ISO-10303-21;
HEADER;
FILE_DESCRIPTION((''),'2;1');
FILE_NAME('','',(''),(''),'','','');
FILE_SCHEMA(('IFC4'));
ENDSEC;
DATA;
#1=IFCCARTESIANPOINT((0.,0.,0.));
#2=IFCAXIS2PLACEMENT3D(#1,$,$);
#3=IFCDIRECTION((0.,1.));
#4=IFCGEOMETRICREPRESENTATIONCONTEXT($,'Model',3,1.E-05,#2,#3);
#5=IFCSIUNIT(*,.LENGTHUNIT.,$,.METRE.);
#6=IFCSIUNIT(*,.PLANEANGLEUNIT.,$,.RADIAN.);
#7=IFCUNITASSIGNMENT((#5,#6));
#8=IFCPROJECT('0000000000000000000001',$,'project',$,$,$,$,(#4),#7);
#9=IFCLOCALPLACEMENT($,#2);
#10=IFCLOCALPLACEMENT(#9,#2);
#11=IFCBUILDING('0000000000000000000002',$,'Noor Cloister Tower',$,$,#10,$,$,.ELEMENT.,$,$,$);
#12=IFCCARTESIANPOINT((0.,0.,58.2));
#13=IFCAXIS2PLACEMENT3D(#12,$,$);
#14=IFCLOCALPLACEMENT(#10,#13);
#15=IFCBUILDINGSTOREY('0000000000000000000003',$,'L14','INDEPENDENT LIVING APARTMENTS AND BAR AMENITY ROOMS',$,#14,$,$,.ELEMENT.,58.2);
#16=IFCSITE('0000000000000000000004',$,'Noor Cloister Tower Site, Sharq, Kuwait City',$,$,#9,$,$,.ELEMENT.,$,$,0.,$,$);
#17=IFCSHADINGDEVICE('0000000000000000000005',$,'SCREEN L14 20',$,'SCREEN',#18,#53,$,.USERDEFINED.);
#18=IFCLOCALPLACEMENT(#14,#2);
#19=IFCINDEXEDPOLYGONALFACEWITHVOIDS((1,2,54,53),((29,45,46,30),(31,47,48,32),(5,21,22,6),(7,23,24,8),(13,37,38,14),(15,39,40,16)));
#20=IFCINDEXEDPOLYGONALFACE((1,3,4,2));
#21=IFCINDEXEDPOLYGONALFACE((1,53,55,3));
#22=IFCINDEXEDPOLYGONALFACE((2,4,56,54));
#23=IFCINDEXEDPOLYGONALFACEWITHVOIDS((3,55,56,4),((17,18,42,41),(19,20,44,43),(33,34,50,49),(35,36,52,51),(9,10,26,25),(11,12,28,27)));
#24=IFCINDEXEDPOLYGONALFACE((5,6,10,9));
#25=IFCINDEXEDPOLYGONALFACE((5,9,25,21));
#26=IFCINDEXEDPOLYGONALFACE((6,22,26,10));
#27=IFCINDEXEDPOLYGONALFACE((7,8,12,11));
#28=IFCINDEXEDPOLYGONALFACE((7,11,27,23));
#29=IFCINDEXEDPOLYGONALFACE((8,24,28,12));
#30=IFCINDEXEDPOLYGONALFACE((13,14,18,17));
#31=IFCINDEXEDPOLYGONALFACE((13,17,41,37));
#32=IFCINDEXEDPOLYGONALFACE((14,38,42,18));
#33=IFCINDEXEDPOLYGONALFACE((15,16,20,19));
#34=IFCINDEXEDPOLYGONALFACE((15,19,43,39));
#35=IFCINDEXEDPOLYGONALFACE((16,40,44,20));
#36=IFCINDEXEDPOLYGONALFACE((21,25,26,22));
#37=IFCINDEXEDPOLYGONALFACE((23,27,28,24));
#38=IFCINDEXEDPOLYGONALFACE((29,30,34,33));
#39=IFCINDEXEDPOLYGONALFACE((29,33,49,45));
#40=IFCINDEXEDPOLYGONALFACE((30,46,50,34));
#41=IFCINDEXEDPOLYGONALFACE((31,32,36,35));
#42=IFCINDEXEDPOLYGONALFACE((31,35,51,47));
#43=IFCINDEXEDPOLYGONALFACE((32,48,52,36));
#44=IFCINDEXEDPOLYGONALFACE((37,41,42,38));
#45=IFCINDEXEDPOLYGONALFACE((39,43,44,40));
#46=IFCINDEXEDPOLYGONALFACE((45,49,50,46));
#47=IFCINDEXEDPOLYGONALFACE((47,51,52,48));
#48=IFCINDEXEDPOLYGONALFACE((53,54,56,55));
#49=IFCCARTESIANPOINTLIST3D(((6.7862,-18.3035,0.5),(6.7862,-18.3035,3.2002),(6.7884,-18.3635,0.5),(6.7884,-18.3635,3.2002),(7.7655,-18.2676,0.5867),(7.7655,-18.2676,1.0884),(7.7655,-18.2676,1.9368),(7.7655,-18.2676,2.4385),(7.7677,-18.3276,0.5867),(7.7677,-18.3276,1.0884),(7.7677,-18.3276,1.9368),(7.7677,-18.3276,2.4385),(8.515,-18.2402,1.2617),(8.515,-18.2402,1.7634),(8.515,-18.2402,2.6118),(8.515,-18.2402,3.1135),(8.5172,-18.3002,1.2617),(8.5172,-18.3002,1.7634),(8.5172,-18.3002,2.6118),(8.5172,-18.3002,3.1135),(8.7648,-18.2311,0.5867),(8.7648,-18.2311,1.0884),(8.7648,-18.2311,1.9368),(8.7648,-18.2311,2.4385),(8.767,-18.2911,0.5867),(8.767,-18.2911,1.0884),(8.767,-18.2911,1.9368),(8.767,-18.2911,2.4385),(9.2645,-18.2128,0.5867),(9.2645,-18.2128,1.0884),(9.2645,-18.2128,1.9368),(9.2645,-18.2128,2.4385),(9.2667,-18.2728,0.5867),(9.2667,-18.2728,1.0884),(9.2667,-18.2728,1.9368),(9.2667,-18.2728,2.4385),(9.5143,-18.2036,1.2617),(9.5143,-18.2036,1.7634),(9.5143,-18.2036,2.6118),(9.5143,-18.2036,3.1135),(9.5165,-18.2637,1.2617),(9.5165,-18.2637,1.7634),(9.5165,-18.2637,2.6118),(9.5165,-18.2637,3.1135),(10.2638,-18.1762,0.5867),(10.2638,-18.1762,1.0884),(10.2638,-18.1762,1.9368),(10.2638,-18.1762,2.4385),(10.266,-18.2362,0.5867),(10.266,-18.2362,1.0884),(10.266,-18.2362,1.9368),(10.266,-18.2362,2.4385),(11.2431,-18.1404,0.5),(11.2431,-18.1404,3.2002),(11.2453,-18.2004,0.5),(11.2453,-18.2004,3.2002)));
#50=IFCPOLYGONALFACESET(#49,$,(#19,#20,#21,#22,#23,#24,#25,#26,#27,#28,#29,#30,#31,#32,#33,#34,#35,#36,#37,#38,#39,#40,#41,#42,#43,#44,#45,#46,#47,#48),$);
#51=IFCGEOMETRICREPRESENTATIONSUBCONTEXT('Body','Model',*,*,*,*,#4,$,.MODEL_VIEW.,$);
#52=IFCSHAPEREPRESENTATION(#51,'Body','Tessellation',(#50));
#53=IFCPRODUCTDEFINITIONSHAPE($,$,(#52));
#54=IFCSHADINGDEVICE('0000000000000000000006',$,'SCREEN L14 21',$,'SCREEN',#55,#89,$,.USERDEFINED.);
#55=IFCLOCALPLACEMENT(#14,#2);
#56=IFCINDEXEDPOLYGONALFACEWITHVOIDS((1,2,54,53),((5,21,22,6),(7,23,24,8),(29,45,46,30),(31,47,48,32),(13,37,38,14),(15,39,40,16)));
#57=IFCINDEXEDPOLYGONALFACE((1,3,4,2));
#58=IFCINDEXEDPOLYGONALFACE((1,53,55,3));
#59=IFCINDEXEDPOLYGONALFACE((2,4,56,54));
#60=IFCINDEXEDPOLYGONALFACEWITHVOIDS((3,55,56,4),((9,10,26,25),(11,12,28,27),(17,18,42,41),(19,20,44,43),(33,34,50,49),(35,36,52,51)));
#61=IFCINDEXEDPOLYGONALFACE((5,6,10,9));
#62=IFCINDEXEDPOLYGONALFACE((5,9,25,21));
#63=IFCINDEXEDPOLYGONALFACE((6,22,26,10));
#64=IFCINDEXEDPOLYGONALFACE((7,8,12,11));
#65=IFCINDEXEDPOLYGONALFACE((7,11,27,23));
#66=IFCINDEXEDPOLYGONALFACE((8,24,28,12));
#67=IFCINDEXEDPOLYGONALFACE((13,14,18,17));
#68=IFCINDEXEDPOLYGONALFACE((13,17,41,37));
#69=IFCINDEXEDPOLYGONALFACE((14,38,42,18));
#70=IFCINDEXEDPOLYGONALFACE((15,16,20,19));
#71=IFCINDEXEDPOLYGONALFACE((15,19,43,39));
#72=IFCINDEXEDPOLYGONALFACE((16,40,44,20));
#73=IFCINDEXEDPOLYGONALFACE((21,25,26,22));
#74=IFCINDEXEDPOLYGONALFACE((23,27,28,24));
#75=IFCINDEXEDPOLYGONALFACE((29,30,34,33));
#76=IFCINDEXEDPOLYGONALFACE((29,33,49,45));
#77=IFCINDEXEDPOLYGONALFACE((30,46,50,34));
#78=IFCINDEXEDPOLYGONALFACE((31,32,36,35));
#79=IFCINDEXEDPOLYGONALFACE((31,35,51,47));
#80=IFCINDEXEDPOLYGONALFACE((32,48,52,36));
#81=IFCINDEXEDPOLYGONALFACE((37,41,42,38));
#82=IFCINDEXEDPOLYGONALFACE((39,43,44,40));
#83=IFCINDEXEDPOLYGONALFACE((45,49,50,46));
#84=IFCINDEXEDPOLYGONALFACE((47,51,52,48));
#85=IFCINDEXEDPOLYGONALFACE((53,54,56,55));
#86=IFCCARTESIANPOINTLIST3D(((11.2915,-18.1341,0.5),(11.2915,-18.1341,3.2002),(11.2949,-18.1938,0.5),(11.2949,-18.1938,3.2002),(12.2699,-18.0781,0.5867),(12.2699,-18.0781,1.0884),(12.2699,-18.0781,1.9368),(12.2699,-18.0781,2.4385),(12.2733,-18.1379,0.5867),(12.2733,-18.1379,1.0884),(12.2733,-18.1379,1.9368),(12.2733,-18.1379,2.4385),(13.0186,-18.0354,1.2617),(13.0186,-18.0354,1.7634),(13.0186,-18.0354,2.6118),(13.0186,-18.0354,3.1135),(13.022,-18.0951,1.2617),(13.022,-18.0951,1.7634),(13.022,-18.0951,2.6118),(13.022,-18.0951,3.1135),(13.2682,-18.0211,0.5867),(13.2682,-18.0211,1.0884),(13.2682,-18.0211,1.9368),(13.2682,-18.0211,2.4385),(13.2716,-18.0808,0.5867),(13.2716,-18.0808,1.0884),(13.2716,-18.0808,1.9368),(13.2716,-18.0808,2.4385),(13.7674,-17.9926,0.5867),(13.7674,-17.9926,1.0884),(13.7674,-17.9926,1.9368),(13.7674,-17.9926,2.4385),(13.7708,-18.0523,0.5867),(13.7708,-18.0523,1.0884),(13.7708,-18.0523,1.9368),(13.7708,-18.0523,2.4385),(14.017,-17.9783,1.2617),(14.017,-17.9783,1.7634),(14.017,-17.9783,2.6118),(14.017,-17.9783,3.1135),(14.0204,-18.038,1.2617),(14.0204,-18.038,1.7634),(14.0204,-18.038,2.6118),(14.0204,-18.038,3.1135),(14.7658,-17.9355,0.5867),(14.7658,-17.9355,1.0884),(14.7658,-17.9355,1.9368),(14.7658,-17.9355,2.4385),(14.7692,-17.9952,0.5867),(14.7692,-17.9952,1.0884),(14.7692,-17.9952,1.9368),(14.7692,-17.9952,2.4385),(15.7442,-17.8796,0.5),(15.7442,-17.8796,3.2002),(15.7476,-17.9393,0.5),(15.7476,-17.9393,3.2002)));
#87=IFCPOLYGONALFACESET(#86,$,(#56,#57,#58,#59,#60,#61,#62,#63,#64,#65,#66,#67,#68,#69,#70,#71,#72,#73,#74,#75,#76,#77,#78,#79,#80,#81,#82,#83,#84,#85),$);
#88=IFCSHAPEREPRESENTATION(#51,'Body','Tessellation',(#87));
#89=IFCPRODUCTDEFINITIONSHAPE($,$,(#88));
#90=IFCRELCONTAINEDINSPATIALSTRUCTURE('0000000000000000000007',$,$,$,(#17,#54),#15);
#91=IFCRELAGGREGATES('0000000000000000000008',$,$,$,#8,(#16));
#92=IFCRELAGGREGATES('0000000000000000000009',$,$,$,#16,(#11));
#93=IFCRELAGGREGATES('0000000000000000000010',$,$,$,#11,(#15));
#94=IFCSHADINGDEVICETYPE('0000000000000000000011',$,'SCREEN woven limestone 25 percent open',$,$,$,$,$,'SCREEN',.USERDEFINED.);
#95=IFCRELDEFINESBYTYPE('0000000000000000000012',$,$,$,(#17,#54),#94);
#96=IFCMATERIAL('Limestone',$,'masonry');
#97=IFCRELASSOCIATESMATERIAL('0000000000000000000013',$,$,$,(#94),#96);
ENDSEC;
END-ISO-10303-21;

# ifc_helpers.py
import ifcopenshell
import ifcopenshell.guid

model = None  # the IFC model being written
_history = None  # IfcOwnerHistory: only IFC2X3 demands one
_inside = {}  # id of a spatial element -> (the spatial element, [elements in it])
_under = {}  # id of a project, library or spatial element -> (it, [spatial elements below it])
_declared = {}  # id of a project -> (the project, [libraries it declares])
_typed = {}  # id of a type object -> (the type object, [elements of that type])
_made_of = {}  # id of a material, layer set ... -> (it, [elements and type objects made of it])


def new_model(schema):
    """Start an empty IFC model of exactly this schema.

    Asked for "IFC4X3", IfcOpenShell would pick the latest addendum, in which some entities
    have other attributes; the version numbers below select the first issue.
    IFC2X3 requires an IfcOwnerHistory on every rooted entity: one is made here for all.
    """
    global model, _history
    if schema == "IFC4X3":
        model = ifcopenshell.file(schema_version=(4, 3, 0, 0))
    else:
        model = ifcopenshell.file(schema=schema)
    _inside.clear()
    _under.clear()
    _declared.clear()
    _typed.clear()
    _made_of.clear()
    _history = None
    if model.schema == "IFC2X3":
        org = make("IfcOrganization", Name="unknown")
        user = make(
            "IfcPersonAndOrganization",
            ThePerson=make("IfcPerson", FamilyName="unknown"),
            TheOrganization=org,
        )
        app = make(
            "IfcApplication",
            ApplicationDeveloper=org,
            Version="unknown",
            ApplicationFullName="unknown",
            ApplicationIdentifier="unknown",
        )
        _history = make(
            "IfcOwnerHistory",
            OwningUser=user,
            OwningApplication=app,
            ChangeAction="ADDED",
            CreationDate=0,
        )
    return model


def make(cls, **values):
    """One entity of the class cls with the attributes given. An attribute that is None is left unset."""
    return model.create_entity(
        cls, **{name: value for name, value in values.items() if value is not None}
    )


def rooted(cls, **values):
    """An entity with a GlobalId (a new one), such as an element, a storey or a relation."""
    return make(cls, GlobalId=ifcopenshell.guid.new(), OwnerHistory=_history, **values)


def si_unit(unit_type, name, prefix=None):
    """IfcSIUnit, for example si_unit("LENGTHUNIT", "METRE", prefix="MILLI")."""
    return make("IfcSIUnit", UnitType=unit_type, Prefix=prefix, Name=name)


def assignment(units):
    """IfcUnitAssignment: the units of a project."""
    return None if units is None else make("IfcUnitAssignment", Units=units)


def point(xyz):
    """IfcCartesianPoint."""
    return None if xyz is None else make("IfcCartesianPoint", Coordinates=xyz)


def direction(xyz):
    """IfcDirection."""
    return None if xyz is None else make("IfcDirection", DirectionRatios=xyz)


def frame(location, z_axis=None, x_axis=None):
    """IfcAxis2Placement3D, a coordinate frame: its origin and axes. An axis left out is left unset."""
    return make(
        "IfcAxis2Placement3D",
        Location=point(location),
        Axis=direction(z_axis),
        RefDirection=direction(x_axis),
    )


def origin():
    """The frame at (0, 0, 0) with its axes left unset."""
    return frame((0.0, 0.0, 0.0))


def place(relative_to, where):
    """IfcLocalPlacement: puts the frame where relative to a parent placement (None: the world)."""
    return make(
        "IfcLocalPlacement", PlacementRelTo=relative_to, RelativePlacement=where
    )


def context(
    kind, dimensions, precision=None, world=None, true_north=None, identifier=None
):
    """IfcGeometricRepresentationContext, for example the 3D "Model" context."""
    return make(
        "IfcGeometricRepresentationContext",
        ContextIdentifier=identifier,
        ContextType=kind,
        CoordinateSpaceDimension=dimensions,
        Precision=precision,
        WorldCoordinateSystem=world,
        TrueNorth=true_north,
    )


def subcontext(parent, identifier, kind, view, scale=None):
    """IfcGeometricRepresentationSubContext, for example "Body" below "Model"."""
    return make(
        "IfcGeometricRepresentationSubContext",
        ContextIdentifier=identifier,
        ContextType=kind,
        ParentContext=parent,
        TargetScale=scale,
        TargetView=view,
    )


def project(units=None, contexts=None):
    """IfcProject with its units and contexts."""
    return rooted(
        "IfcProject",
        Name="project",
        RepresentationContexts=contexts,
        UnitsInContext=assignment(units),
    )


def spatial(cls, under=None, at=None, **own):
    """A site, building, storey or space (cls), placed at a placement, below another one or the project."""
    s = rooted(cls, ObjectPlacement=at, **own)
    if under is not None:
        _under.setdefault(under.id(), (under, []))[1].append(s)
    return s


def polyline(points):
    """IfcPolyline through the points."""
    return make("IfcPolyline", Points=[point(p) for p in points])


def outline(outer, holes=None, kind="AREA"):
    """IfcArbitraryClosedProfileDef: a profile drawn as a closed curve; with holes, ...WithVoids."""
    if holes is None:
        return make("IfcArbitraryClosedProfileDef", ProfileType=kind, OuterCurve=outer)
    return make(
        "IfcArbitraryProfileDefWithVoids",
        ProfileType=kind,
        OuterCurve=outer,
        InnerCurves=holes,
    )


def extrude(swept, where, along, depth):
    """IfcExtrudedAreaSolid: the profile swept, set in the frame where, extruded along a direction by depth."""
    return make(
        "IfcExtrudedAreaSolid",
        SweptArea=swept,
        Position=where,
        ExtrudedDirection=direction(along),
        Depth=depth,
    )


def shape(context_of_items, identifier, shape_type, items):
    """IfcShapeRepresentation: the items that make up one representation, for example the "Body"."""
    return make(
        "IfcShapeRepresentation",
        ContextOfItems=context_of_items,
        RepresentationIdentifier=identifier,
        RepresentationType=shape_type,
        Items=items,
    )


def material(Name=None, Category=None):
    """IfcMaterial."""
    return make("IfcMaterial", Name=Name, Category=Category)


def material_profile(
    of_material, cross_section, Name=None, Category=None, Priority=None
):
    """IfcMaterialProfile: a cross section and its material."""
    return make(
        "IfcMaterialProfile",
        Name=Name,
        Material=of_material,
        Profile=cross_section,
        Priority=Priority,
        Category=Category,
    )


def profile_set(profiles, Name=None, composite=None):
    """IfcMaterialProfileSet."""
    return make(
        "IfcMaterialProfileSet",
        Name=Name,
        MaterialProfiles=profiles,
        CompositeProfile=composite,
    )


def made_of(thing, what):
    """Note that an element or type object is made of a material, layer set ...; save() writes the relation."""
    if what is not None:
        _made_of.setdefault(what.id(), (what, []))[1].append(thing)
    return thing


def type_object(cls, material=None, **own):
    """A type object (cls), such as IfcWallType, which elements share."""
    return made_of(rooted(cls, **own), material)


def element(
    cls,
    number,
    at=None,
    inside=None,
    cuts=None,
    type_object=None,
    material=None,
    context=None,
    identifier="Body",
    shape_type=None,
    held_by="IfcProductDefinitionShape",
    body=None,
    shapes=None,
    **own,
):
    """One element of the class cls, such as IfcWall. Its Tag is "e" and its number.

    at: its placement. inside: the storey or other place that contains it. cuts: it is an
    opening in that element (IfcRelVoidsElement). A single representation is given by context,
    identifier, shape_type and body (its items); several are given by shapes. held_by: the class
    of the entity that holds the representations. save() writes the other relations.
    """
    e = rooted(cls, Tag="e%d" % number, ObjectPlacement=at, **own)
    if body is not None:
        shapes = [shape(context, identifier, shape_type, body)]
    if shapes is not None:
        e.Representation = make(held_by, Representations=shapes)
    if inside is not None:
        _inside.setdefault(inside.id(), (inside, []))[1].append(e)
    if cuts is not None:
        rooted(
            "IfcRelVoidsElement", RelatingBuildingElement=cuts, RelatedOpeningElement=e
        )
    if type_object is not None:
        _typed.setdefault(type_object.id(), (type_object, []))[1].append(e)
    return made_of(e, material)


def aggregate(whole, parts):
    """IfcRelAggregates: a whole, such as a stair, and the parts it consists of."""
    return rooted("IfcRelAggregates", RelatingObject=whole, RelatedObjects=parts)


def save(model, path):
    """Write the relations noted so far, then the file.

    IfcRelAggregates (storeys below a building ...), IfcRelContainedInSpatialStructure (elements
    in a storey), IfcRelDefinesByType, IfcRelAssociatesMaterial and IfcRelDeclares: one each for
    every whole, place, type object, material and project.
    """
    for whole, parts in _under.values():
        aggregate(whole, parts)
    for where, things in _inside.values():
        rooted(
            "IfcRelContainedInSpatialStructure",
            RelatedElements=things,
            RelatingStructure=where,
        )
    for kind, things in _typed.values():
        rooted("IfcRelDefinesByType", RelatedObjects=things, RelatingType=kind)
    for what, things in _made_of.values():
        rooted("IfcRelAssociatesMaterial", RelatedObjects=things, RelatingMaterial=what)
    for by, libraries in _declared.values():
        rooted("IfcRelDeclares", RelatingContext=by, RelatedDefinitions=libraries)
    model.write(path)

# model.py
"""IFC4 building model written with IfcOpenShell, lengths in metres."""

from ifc_helpers import new_model, si_unit, direction, frame, origin, place, context, subcontext, project, spatial, polyline, outline, extrude, material, material_profile, profile_set, type_object, element, save


model = new_model("IFC4")

# Units and contexts
model_context = context("Model", 3, precision=1e-05, world=origin(), true_north=direction((0.0, 1.0)))
body_context = subcontext(model_context, "Body", "Model", "MODEL_VIEW")
ifc_project = project(units=[si_unit("LENGTHUNIT", "METRE"), si_unit("PLANEANGLEUNIT", "RADIAN")], contexts=[model_context])

# Site, building, storey
site_placement = place(None, origin())
site = spatial("IfcSite", under=ifc_project, at=site_placement, Name="Noor Cloister Tower Site, Sharq, Kuwait City", CompositionType="ELEMENT", RefElevation=0.0)
building_placement = place(site_placement, origin())
building = spatial("IfcBuilding", under=site, at=building_placement, Name="Noor Cloister Tower", CompositionType="ELEMENT")
storey_placement = place(building_placement, frame((0.0, 0.0, 58.2)))
storey = spatial("IfcBuildingStorey", under=building, at=storey_placement, Name="L14", Description="INDEPENDENT LIVING APARTMENTS AND BAR AMENITY ROOMS", CompositionType="ELEMENT", Elevation=58.2)

# Shading devices
ifc_material_1 = material(Name="Limestone", Category="masonry")
ifc_material_profile_1 = material_profile(ifc_material_1, outline(polyline([(-2.23, -1.3501), (2.23, -1.3501), (2.23, 1.3501), (-2.23, 1.3501), (-2.23, -1.3501)]), holes=[polyline([(-1.25, -1.2634), (-0.25, -1.2634), (-0.25, -0.7617), (-1.25, -0.7617), (-1.25, -1.2634)]), polyline([(0.25, -1.2634), (1.25, -1.2634), (1.25, -0.7617), (0.25, -0.7617), (0.25, -1.2634)]), polyline([(-0.5, -0.5884), (0.5, -0.5884), (0.5, -0.0867), (-0.5, -0.0867), (-0.5, -0.5884)]), polyline([(-1.25, 0.0867), (-0.25, 0.0867), (-0.25, 0.5884), (-1.25, 0.5884), (-1.25, 0.0867)]), polyline([(0.25, 0.0867), (1.25, 0.0867), (1.25, 0.5884), (0.25, 0.5884), (0.25, 0.0867)]), polyline([(-0.5, 0.7617), (0.5, 0.7617), (0.5, 1.2634), (-0.5, 1.2634), (-0.5, 0.7617)])]), Name="Woven screen 25 percent open")
ifc_profile_set_1 = profile_set([ifc_material_profile_1], Name="Limestone")
shading_device_type = type_object("IfcShadingDeviceType", Name="SCREEN woven limestone 25 percent open", ElementType="SCREEN", PredefinedType="USERDEFINED", material=ifc_profile_set_1)
shading_device_1_placement = place(storey_placement, frame((9.0146, -18.2219, 1.8501), z_axis=(0.036561, -0.999331, 0.0), x_axis=(0.999331, 0.036561, 0.0)))
element("IfcShadingDevice", 1, at=shading_device_1_placement, inside=storey, type_object=shading_device_type, Name="SCREEN L14 20", ObjectType="SCREEN", PredefinedType="USERDEFINED", context=body_context, shape_type="SweptSolid", body=[
    extrude(outline(polyline([(-2.23, -1.3501), (2.23, -1.3501), (2.23, 1.3501), (-2.23, 1.3501), (-2.23, -1.3501)]), holes=[polyline([(-1.25, -1.2634), (-0.25, -1.2634), (-0.25, -0.7617), (-1.25, -0.7617), (-1.25, -1.2634)]), polyline([(0.25, -1.2634), (1.25, -1.2634), (1.25, -0.7617), (0.25, -0.7617), (0.25, -1.2634)]), polyline([(-0.5, -0.5884), (0.5, -0.5884), (0.5, -0.0867), (-0.5, -0.0867), (-0.5, -0.5884)]), polyline([(-1.25, 0.0867), (-0.25, 0.0867), (-0.25, 0.5884), (-1.25, 0.5884), (-1.25, 0.0867)]), polyline([(0.25, 0.0867), (1.25, 0.0867), (1.25, 0.5884), (0.25, 0.5884), (0.25, 0.0867)]), polyline([(-0.5, 0.7617), (0.5, 0.7617), (0.5, 1.2634), (-0.5, 1.2634), (-0.5, 0.7617)])]), origin(), (0.0, 0.0, 1.0), 0.0601),
])
shading_device_2_placement = place(storey_placement, frame((13.5178, -18.0068, 1.8501), z_axis=(0.05705, -0.998371, 0.0), x_axis=(0.998371, 0.05705, 0.0)))
element("IfcShadingDevice", 2, at=shading_device_2_placement, inside=storey, type_object=shading_device_type, Name="SCREEN L14 21", ObjectType="SCREEN", PredefinedType="USERDEFINED", context=body_context, shape_type="SweptSolid", body=[
    extrude(outline(polyline([(-2.23, -1.3501), (2.23, -1.3501), (2.23, 1.3501), (-2.23, 1.3501), (-2.23, -1.3501)]), holes=[polyline([(-1.25, -1.2634), (-0.25, -1.2634), (-0.25, -0.7617), (-1.25, -0.7617), (-1.25, -1.2634)]), polyline([(0.25, -1.2634), (1.25, -1.2634), (1.25, -0.7617), (0.25, -0.7617), (0.25, -1.2634)]), polyline([(-0.5, -0.5884), (0.5, -0.5884), (0.5, -0.0867), (-0.5, -0.0867), (-0.5, -0.5884)]), polyline([(-1.25, 0.0867), (-0.25, 0.0867), (-0.25, 0.5884), (-1.25, 0.5884), (-1.25, 0.0867)]), polyline([(0.25, 0.0867), (1.25, 0.0867), (1.25, 0.5884), (0.25, 0.5884), (0.25, 0.0867)]), polyline([(-0.5, 0.7617), (0.5, 0.7617), (0.5, 1.2634), (-0.5, 1.2634), (-0.5, 0.7617)])]), origin(), (0.0, 0.0, 1.0), 0.0598),
])

save(model, "model.ifc")
